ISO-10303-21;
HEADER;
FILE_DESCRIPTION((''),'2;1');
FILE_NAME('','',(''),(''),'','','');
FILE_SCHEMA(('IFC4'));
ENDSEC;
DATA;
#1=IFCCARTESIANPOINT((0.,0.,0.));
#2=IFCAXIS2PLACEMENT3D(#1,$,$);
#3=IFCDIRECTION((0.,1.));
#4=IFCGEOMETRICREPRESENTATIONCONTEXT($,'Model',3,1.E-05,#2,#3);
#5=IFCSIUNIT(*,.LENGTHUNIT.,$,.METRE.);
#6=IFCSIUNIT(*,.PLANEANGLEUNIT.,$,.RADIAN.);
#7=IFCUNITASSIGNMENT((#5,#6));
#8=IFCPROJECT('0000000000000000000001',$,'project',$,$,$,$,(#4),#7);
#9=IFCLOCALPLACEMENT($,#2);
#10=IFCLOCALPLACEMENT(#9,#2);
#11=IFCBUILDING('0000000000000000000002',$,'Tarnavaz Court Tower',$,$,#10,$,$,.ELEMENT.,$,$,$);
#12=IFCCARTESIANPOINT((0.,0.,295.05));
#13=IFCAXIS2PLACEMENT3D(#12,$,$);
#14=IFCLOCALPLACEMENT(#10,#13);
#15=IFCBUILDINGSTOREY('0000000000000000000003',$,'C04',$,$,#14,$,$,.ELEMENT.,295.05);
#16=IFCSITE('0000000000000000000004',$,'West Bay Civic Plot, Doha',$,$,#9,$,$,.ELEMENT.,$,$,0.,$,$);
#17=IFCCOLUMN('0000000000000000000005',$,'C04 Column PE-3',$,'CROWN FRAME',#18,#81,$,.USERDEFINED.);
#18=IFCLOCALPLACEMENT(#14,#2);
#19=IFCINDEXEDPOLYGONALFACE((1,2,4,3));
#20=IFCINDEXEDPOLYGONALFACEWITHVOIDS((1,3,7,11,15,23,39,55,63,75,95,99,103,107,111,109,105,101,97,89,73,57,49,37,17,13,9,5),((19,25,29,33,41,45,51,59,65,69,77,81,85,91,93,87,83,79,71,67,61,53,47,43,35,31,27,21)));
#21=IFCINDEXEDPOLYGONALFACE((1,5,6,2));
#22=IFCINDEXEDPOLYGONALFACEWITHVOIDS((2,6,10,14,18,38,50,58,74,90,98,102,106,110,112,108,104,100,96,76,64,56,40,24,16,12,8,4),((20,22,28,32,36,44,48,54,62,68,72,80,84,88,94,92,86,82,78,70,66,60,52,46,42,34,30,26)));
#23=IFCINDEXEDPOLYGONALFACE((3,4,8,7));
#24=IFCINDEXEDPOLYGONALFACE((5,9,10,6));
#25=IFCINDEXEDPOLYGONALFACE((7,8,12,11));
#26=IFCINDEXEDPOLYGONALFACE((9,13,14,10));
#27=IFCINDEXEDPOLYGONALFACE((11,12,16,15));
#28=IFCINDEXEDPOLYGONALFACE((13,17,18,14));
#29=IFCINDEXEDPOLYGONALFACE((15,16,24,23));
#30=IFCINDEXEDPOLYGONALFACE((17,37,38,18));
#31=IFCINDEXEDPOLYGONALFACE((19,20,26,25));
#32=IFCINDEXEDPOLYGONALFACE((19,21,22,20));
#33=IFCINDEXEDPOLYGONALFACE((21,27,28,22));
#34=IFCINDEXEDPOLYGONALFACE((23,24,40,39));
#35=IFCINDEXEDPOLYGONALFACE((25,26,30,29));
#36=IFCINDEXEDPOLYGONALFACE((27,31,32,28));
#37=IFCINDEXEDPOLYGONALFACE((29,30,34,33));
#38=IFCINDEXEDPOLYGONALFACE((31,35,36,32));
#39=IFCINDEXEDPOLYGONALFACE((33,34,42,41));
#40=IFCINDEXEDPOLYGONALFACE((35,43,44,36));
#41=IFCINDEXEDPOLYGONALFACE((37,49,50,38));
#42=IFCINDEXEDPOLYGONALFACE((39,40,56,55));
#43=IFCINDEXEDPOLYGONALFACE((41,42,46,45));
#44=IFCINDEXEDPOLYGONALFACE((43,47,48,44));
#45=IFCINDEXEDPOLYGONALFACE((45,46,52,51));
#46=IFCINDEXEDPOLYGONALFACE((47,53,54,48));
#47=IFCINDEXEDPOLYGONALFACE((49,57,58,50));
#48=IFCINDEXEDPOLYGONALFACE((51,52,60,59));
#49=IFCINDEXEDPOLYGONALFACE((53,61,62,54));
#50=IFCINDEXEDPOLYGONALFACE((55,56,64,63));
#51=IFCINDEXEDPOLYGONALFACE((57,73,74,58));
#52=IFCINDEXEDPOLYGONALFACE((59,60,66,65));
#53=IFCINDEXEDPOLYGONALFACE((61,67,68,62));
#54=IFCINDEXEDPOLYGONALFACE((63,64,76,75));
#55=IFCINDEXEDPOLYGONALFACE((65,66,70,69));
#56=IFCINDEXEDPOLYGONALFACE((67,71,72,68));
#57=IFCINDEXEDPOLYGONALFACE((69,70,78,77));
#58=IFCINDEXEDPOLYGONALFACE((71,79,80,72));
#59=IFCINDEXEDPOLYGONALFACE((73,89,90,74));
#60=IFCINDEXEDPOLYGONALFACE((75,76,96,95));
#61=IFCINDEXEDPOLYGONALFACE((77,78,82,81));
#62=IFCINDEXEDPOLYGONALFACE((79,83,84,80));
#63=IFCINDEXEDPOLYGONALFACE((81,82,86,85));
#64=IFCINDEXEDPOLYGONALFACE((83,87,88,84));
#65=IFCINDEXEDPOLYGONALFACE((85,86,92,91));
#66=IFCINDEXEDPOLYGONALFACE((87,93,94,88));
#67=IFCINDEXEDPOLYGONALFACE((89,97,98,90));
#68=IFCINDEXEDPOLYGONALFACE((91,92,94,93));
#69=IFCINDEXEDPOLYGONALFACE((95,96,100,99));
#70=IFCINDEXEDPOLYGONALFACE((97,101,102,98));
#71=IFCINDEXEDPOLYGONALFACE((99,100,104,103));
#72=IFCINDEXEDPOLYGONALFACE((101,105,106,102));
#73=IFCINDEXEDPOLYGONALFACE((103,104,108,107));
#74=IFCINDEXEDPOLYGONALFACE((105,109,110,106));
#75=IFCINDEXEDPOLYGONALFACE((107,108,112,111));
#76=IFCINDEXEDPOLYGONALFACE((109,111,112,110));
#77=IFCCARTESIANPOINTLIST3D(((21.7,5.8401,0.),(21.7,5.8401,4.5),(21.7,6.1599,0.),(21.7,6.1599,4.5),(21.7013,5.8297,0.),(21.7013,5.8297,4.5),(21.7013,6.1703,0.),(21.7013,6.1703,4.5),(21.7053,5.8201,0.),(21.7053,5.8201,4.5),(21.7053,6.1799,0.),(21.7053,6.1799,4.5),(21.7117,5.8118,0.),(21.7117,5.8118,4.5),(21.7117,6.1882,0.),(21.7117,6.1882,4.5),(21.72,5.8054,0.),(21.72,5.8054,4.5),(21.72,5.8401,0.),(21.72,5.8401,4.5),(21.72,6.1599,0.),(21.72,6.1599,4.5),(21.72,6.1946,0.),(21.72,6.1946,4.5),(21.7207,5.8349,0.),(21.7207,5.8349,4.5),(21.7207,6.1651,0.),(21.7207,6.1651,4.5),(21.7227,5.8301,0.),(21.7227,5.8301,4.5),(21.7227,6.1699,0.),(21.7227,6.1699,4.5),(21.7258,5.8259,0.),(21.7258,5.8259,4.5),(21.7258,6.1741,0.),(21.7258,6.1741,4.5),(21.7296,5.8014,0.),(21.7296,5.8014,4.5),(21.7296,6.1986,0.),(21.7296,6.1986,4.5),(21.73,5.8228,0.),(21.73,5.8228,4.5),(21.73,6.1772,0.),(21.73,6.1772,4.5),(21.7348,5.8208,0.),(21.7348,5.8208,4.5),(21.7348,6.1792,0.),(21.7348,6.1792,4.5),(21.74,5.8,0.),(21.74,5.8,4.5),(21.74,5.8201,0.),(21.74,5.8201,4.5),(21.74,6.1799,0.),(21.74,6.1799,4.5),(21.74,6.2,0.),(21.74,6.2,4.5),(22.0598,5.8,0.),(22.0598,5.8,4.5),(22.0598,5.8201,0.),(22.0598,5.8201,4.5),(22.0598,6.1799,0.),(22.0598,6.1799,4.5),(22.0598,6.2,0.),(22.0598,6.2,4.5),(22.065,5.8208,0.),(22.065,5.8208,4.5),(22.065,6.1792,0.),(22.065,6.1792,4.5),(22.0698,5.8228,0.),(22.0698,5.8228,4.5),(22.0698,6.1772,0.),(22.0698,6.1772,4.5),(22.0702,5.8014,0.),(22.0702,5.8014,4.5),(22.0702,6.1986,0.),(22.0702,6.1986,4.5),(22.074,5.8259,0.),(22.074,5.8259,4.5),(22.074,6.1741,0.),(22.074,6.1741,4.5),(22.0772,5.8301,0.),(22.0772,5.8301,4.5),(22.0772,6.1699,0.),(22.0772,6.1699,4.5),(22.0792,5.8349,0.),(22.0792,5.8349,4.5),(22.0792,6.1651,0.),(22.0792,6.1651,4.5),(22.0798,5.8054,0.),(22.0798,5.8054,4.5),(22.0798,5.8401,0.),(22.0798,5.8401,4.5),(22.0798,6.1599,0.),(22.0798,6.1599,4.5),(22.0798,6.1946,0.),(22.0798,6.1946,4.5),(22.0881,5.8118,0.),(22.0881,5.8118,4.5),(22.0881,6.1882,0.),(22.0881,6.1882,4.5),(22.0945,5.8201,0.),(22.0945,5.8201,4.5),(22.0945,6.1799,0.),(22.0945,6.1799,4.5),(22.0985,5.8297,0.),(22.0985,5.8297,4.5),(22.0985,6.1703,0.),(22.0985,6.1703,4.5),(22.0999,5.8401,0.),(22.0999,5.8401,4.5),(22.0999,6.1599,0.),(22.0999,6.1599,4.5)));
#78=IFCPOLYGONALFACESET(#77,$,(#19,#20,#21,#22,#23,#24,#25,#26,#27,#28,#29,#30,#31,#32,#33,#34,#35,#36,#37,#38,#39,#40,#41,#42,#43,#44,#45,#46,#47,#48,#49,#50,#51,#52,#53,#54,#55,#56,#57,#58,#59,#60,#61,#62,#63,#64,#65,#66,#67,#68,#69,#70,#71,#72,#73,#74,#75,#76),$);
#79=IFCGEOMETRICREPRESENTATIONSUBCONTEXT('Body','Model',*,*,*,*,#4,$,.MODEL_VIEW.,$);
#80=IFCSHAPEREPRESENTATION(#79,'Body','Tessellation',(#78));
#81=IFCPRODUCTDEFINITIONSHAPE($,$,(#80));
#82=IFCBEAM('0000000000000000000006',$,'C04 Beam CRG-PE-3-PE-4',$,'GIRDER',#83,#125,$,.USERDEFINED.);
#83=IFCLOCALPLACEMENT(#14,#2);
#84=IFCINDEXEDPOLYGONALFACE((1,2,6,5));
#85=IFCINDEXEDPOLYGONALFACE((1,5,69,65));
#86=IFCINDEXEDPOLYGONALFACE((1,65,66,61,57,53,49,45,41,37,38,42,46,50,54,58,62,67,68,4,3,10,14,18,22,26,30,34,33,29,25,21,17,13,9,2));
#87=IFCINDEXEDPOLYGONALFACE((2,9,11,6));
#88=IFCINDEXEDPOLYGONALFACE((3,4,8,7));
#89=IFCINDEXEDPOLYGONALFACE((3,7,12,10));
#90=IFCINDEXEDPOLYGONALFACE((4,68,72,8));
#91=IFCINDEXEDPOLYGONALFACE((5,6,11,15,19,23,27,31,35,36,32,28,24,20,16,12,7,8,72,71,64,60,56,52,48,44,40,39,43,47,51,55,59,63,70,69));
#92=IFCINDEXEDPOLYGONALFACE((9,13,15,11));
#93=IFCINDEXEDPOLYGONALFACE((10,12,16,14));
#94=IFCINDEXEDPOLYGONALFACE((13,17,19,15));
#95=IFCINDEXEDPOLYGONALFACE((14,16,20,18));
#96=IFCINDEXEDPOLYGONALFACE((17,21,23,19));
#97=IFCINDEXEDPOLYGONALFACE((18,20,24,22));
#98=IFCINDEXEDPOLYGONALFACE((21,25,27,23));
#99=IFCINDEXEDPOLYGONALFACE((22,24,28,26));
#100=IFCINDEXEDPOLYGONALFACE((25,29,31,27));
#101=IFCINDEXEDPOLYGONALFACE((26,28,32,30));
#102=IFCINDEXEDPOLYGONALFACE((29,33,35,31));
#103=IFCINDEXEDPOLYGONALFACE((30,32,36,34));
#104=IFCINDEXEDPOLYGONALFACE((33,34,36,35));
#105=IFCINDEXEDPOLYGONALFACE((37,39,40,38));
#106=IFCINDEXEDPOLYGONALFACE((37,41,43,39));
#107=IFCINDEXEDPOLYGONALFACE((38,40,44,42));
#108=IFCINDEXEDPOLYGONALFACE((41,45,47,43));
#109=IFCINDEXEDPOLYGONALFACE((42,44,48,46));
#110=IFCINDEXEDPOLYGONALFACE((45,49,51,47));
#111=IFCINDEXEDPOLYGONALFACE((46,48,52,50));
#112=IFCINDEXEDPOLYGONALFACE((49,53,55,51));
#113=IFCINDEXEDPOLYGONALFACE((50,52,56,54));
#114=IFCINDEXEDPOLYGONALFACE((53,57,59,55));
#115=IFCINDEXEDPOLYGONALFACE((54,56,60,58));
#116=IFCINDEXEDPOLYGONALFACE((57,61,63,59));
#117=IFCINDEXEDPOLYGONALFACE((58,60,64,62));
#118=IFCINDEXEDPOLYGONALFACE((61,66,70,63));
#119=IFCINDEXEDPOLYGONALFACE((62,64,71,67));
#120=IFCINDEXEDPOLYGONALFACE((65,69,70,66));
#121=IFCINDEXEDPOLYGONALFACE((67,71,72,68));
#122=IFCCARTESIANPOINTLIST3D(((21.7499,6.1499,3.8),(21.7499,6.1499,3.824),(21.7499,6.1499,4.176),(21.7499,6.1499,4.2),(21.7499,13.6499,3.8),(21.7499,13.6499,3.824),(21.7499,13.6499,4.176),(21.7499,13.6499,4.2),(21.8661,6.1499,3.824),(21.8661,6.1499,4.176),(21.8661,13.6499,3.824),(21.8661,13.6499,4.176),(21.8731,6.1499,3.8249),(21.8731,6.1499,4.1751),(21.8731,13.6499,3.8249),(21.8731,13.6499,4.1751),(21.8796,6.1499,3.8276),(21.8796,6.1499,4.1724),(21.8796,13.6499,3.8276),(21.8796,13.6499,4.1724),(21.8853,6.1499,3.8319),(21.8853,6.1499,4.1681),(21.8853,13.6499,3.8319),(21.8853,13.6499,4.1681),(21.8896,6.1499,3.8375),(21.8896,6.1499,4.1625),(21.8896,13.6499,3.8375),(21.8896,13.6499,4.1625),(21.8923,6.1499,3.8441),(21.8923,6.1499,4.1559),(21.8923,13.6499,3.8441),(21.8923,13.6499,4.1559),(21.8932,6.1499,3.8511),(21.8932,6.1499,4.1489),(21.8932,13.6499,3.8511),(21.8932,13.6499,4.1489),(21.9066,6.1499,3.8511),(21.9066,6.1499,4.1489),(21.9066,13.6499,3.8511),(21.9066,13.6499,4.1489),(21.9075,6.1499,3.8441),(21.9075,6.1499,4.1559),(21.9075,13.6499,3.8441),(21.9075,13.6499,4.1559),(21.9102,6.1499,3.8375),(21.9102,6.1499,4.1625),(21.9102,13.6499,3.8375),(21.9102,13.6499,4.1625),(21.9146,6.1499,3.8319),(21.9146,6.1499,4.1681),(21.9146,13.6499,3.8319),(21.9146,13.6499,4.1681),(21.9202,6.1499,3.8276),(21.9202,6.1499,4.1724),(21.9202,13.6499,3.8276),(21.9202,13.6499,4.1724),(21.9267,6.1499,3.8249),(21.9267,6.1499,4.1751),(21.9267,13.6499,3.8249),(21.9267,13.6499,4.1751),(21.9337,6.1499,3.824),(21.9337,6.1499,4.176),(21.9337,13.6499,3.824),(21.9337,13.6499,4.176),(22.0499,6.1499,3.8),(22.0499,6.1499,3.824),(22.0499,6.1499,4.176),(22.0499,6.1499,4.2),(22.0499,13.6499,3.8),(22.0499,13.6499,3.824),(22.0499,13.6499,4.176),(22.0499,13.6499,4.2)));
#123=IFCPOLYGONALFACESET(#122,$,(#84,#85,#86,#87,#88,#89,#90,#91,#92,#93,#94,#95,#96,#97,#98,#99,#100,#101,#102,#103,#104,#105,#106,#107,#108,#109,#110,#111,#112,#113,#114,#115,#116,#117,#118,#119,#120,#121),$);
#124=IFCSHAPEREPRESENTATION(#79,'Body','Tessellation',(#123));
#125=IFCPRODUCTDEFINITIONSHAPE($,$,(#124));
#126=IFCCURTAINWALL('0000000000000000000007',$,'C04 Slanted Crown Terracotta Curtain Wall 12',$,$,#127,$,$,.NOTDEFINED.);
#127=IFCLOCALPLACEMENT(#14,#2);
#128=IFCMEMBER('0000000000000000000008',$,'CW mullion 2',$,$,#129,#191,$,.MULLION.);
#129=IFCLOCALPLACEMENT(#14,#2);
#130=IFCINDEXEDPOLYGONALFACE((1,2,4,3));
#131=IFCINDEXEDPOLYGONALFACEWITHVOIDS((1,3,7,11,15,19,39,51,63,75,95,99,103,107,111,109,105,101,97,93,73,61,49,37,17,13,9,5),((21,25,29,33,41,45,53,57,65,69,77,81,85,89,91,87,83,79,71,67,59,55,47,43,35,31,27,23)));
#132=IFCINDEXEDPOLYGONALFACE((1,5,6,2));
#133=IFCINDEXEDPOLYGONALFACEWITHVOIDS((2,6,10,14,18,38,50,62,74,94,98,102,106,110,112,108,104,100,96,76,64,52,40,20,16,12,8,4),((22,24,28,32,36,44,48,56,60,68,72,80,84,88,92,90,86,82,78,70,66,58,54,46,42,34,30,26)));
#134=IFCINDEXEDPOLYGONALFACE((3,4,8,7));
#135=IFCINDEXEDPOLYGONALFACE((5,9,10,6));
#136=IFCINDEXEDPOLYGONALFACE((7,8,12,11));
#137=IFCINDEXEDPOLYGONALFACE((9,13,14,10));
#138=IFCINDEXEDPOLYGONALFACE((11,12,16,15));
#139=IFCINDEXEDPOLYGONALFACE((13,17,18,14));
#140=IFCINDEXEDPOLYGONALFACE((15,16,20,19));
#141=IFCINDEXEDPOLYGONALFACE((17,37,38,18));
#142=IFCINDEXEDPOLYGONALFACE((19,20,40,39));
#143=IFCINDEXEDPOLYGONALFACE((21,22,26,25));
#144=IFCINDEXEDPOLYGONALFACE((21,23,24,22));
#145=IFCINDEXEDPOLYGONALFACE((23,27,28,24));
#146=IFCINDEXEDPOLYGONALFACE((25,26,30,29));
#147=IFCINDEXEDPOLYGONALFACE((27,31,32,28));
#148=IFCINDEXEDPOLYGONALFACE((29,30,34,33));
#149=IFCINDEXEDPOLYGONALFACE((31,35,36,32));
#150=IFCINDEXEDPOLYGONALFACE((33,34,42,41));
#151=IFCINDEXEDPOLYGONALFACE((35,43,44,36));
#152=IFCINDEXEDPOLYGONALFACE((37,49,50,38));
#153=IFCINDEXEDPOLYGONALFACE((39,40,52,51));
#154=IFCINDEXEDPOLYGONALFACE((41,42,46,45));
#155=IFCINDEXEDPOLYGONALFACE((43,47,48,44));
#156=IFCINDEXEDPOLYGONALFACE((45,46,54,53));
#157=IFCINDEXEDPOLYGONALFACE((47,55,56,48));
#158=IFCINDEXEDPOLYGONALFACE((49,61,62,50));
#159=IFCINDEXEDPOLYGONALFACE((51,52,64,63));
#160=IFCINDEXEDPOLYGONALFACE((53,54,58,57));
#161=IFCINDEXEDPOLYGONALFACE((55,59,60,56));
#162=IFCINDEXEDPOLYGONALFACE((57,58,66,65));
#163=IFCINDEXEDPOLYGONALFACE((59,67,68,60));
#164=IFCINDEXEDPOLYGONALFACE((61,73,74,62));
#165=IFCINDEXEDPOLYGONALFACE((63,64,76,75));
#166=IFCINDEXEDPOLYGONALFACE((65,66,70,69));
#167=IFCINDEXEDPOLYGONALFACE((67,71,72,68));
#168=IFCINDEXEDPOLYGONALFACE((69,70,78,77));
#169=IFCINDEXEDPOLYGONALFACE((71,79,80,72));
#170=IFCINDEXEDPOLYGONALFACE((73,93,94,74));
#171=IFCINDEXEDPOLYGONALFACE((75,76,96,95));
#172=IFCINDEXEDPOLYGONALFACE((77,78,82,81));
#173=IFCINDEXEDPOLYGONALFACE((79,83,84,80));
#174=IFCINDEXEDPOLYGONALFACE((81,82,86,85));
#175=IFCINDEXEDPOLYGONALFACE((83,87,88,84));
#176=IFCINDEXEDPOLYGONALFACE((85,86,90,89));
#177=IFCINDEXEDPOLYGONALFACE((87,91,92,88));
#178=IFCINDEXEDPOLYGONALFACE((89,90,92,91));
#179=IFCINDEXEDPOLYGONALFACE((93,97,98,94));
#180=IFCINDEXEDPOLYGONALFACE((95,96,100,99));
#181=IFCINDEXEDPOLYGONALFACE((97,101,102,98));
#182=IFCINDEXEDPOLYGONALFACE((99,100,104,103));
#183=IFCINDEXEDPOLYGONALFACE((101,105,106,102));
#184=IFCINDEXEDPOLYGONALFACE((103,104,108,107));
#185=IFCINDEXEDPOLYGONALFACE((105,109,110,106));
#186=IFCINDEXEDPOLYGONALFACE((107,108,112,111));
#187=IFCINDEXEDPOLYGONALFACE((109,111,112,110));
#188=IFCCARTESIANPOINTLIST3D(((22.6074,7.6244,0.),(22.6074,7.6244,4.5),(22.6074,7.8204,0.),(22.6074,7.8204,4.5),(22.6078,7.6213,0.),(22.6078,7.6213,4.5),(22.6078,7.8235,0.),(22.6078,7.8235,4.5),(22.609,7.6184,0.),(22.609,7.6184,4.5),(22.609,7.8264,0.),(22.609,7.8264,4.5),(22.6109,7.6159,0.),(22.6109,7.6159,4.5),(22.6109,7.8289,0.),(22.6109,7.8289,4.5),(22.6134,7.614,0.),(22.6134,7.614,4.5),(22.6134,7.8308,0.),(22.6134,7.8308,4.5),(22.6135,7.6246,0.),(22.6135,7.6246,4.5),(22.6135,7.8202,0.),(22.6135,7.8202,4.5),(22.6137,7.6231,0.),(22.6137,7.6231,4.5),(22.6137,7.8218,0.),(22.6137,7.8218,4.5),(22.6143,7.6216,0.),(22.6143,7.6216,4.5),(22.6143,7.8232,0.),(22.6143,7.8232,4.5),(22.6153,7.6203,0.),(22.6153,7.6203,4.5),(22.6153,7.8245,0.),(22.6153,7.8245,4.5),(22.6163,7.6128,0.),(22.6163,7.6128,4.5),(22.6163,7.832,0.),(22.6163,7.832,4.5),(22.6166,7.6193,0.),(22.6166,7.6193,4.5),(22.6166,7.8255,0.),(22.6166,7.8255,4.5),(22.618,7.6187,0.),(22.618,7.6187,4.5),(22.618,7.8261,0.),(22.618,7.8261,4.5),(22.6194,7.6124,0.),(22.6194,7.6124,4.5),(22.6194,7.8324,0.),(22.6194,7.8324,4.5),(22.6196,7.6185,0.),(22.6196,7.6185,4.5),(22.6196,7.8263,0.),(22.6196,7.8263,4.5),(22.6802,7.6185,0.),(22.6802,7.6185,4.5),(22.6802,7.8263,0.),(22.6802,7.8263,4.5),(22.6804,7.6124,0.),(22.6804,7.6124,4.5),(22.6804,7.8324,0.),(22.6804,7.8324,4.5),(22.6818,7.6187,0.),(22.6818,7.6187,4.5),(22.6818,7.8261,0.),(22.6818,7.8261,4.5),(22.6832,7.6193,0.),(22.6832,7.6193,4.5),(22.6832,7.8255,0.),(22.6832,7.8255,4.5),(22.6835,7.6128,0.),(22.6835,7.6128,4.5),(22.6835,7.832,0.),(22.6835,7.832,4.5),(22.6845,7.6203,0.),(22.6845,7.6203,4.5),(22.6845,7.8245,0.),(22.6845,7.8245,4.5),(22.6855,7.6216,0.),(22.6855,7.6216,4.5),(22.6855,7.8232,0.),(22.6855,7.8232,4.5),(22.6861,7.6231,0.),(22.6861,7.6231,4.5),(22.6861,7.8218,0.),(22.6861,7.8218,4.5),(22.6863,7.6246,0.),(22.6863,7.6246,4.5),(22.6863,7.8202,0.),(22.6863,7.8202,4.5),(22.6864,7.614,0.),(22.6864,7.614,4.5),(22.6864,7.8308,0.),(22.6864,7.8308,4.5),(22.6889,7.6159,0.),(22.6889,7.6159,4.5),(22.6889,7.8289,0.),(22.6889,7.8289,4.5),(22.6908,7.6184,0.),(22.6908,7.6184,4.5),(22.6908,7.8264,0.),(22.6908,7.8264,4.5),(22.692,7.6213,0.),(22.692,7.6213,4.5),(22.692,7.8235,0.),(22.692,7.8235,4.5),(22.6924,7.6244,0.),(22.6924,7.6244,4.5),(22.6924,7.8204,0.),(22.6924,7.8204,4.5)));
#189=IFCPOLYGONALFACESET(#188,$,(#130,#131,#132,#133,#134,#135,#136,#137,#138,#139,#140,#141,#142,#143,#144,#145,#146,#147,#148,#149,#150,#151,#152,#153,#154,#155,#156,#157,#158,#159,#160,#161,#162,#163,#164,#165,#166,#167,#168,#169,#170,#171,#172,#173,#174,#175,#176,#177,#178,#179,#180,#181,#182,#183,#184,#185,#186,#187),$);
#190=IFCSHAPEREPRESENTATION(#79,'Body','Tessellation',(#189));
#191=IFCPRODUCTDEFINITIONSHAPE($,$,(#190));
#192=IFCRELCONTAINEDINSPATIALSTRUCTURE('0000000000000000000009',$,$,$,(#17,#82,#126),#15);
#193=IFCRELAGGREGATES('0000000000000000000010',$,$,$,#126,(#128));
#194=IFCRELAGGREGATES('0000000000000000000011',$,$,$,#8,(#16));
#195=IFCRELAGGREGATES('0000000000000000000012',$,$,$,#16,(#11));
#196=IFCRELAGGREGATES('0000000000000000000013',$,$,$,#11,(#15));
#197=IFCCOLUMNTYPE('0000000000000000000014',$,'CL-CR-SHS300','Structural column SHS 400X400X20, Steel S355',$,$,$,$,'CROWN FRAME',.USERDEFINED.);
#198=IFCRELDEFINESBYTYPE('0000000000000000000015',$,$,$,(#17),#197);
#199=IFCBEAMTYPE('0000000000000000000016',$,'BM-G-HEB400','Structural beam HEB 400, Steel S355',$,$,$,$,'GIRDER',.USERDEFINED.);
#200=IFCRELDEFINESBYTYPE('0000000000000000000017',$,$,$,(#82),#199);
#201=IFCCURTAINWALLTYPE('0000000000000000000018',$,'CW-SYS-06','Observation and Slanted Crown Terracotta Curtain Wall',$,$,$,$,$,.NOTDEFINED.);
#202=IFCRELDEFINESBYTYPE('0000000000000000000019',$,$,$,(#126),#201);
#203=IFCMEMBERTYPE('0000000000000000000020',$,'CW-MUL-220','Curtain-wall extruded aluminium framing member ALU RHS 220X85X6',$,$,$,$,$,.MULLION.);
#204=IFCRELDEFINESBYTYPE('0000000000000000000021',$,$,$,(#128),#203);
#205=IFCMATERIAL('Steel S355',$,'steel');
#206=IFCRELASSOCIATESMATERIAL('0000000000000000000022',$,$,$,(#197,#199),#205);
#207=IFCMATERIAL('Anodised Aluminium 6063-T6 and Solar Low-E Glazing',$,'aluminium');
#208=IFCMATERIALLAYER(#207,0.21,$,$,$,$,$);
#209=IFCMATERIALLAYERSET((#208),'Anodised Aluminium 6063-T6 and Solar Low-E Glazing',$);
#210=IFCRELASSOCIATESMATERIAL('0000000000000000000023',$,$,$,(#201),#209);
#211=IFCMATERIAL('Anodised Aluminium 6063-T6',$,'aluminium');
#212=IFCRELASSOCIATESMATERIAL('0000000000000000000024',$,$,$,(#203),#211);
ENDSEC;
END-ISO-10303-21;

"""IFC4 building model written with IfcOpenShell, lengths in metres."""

from ifc_helpers import new_model, si_unit, direction, frame, origin, origin_2d, place, context, subcontext, project, spatial, hollow_rectangle, i_section, extrude, material, layer, layer_set, material_profile, profile_set, type_object, element, aggregate, save


model = new_model("IFC4")

# Units and contexts
model_context = context("Model", 3, precision=1e-05, world=origin(), true_north=direction((0.0, 1.0)))
body_context = subcontext(model_context, "Body", "Model", "MODEL_VIEW")
ifc_project = project(units=[si_unit("LENGTHUNIT", "METRE"), si_unit("PLANEANGLEUNIT", "RADIAN")], contexts=[model_context])

# Site, building, storey
site_placement = place(None, origin())
site = spatial("IfcSite", under=ifc_project, at=site_placement, Name="West Bay Civic Plot, Doha", CompositionType="ELEMENT", RefElevation=0.0)
building_placement = place(site_placement, origin())
building = spatial("IfcBuilding", under=site, at=building_placement, Name="Tarnavaz Court Tower", CompositionType="ELEMENT")
storey_placement = place(building_placement, frame((0.0, 0.0, 295.05)))
storey = spatial("IfcBuildingStorey", under=building, at=storey_placement, Name="C04", CompositionType="ELEMENT", Elevation=295.05)

# Column
ifc_material_1 = material(Name="Steel S355", Category="steel")
ifc_material_profile_1 = material_profile(ifc_material_1, hollow_rectangle(XDim=0.3999, YDim=0.3999, WallThickness=0.02, InnerFilletRadius=0.02, OuterFilletRadius=0.04, at=origin_2d()), Name="SHS 400X400X20")
ifc_profile_set_1 = profile_set([ifc_material_profile_1], Name="Steel S355")
column_type = type_object("IfcColumnType", Name="CL-CR-SHS300", Description="Structural column SHS 400X400X20, Steel S355", ElementType="CROWN FRAME", PredefinedType="USERDEFINED", material=ifc_profile_set_1)
column_placement = place(storey_placement, frame((21.8999, 6.0, 0.0), z_axis=(0.0, 0.0, 1.0), x_axis=(1.0, 0.0, 0.0)))
element("IfcColumn", 1, at=column_placement, inside=storey, type_object=column_type, Name="C04 Column PE-3", ObjectType="CROWN FRAME", PredefinedType="USERDEFINED", context=body_context, shape_type="SweptSolid", body=[
    extrude(hollow_rectangle(XDim=0.3999, YDim=0.3999, WallThickness=0.02, InnerFilletRadius=0.02, OuterFilletRadius=0.04, at=origin_2d()), origin(), (0.0, 0.0, 1.0), 4.5),
])

# Beam
ifc_material_profile_2 = material_profile(ifc_material_1, i_section(OverallWidth=0.3, OverallDepth=0.3999, WebThickness=0.0134, FlangeThickness=0.0239, FilletRadius=0.0271, at=origin_2d()), Name="HEB 400")
ifc_profile_set_2 = profile_set([ifc_material_profile_2], Name="Steel S355")
beam_type = type_object("IfcBeamType", Name="BM-G-HEB400", Description="Structural beam HEB 400, Steel S355", ElementType="GIRDER", PredefinedType="USERDEFINED", material=ifc_profile_set_2)
beam_placement = place(storey_placement, frame((21.8999, 6.1499, 4.0), z_axis=(0.0, 1.0, 0.0), x_axis=(-1.0, 0.0, 0.0)))
element("IfcBeam", 2, at=beam_placement, inside=storey, type_object=beam_type, Name="C04 Beam CRG-PE-3-PE-4", ObjectType="GIRDER", PredefinedType="USERDEFINED", context=body_context, shape_type="SweptSolid", body=[
    extrude(i_section(OverallWidth=0.3, OverallDepth=0.3999, WebThickness=0.0134, FlangeThickness=0.0239, FilletRadius=0.0271, at=origin_2d()), origin(), (0.0, 0.0, 1.0), 7.5),
])

# Curtain wall, member
ifc_material_2 = material(Name="Anodised Aluminium 6063-T6 and Solar Low-E Glazing", Category="aluminium")
ifc_layer_1 = layer(ifc_material_2, 0.21)
ifc_layer_set_1 = layer_set([ifc_layer_1], Name="Anodised Aluminium 6063-T6 and Solar Low-E Glazing")
curtain_wall_type = type_object("IfcCurtainWallType", Name="CW-SYS-06", Description="Observation and Slanted Crown Terracotta Curtain Wall", PredefinedType="NOTDEFINED", material=ifc_layer_set_1)
curtain_wall_1_placement = place(storey_placement, origin())
curtain_wall_1 = element("IfcCurtainWall", 3, at=curtain_wall_1_placement, inside=storey, type_object=curtain_wall_type, Name="C04 Slanted Crown Terracotta Curtain Wall 12", PredefinedType="NOTDEFINED")
ifc_material_3 = material(Name="Anodised Aluminium 6063-T6", Category="aluminium")
ifc_material_profile_3 = material_profile(ifc_material_3, hollow_rectangle(XDim=0.085, YDim=0.22, WallThickness=0.0061, InnerFilletRadius=0.0061, OuterFilletRadius=0.012, at=origin_2d()), Name="ALU RHS 220X85X6")
ifc_profile_set_3 = profile_set([ifc_material_profile_3], Name="Anodised Aluminium 6063-T6")
member_type_1 = type_object("IfcMemberType", Name="CW-MUL-220", Description="Curtain-wall extruded aluminium framing member ALU RHS 220X85X6", PredefinedType="MULLION", material=ifc_profile_set_3)
member_1_placement = place(storey_placement, frame((22.6499, 7.7224, 0.0), z_axis=(0.0, 0.0, 1.0), x_axis=(1.0, 0.0, 0.0)))
member_1 = element("IfcMember", 4, at=member_1_placement, type_object=member_type_1, Name="CW mullion 2", PredefinedType="MULLION", context=body_context, shape_type="SweptSolid", body=[
    extrude(hollow_rectangle(XDim=0.085, YDim=0.22, WallThickness=0.0061, InnerFilletRadius=0.0061, OuterFilletRadius=0.012, at=origin_2d()), origin(), (0.0, 0.0, 1.0), 4.5),
])
aggregate(curtain_wall_1, [member_1])

save(model, "model.ifc")
